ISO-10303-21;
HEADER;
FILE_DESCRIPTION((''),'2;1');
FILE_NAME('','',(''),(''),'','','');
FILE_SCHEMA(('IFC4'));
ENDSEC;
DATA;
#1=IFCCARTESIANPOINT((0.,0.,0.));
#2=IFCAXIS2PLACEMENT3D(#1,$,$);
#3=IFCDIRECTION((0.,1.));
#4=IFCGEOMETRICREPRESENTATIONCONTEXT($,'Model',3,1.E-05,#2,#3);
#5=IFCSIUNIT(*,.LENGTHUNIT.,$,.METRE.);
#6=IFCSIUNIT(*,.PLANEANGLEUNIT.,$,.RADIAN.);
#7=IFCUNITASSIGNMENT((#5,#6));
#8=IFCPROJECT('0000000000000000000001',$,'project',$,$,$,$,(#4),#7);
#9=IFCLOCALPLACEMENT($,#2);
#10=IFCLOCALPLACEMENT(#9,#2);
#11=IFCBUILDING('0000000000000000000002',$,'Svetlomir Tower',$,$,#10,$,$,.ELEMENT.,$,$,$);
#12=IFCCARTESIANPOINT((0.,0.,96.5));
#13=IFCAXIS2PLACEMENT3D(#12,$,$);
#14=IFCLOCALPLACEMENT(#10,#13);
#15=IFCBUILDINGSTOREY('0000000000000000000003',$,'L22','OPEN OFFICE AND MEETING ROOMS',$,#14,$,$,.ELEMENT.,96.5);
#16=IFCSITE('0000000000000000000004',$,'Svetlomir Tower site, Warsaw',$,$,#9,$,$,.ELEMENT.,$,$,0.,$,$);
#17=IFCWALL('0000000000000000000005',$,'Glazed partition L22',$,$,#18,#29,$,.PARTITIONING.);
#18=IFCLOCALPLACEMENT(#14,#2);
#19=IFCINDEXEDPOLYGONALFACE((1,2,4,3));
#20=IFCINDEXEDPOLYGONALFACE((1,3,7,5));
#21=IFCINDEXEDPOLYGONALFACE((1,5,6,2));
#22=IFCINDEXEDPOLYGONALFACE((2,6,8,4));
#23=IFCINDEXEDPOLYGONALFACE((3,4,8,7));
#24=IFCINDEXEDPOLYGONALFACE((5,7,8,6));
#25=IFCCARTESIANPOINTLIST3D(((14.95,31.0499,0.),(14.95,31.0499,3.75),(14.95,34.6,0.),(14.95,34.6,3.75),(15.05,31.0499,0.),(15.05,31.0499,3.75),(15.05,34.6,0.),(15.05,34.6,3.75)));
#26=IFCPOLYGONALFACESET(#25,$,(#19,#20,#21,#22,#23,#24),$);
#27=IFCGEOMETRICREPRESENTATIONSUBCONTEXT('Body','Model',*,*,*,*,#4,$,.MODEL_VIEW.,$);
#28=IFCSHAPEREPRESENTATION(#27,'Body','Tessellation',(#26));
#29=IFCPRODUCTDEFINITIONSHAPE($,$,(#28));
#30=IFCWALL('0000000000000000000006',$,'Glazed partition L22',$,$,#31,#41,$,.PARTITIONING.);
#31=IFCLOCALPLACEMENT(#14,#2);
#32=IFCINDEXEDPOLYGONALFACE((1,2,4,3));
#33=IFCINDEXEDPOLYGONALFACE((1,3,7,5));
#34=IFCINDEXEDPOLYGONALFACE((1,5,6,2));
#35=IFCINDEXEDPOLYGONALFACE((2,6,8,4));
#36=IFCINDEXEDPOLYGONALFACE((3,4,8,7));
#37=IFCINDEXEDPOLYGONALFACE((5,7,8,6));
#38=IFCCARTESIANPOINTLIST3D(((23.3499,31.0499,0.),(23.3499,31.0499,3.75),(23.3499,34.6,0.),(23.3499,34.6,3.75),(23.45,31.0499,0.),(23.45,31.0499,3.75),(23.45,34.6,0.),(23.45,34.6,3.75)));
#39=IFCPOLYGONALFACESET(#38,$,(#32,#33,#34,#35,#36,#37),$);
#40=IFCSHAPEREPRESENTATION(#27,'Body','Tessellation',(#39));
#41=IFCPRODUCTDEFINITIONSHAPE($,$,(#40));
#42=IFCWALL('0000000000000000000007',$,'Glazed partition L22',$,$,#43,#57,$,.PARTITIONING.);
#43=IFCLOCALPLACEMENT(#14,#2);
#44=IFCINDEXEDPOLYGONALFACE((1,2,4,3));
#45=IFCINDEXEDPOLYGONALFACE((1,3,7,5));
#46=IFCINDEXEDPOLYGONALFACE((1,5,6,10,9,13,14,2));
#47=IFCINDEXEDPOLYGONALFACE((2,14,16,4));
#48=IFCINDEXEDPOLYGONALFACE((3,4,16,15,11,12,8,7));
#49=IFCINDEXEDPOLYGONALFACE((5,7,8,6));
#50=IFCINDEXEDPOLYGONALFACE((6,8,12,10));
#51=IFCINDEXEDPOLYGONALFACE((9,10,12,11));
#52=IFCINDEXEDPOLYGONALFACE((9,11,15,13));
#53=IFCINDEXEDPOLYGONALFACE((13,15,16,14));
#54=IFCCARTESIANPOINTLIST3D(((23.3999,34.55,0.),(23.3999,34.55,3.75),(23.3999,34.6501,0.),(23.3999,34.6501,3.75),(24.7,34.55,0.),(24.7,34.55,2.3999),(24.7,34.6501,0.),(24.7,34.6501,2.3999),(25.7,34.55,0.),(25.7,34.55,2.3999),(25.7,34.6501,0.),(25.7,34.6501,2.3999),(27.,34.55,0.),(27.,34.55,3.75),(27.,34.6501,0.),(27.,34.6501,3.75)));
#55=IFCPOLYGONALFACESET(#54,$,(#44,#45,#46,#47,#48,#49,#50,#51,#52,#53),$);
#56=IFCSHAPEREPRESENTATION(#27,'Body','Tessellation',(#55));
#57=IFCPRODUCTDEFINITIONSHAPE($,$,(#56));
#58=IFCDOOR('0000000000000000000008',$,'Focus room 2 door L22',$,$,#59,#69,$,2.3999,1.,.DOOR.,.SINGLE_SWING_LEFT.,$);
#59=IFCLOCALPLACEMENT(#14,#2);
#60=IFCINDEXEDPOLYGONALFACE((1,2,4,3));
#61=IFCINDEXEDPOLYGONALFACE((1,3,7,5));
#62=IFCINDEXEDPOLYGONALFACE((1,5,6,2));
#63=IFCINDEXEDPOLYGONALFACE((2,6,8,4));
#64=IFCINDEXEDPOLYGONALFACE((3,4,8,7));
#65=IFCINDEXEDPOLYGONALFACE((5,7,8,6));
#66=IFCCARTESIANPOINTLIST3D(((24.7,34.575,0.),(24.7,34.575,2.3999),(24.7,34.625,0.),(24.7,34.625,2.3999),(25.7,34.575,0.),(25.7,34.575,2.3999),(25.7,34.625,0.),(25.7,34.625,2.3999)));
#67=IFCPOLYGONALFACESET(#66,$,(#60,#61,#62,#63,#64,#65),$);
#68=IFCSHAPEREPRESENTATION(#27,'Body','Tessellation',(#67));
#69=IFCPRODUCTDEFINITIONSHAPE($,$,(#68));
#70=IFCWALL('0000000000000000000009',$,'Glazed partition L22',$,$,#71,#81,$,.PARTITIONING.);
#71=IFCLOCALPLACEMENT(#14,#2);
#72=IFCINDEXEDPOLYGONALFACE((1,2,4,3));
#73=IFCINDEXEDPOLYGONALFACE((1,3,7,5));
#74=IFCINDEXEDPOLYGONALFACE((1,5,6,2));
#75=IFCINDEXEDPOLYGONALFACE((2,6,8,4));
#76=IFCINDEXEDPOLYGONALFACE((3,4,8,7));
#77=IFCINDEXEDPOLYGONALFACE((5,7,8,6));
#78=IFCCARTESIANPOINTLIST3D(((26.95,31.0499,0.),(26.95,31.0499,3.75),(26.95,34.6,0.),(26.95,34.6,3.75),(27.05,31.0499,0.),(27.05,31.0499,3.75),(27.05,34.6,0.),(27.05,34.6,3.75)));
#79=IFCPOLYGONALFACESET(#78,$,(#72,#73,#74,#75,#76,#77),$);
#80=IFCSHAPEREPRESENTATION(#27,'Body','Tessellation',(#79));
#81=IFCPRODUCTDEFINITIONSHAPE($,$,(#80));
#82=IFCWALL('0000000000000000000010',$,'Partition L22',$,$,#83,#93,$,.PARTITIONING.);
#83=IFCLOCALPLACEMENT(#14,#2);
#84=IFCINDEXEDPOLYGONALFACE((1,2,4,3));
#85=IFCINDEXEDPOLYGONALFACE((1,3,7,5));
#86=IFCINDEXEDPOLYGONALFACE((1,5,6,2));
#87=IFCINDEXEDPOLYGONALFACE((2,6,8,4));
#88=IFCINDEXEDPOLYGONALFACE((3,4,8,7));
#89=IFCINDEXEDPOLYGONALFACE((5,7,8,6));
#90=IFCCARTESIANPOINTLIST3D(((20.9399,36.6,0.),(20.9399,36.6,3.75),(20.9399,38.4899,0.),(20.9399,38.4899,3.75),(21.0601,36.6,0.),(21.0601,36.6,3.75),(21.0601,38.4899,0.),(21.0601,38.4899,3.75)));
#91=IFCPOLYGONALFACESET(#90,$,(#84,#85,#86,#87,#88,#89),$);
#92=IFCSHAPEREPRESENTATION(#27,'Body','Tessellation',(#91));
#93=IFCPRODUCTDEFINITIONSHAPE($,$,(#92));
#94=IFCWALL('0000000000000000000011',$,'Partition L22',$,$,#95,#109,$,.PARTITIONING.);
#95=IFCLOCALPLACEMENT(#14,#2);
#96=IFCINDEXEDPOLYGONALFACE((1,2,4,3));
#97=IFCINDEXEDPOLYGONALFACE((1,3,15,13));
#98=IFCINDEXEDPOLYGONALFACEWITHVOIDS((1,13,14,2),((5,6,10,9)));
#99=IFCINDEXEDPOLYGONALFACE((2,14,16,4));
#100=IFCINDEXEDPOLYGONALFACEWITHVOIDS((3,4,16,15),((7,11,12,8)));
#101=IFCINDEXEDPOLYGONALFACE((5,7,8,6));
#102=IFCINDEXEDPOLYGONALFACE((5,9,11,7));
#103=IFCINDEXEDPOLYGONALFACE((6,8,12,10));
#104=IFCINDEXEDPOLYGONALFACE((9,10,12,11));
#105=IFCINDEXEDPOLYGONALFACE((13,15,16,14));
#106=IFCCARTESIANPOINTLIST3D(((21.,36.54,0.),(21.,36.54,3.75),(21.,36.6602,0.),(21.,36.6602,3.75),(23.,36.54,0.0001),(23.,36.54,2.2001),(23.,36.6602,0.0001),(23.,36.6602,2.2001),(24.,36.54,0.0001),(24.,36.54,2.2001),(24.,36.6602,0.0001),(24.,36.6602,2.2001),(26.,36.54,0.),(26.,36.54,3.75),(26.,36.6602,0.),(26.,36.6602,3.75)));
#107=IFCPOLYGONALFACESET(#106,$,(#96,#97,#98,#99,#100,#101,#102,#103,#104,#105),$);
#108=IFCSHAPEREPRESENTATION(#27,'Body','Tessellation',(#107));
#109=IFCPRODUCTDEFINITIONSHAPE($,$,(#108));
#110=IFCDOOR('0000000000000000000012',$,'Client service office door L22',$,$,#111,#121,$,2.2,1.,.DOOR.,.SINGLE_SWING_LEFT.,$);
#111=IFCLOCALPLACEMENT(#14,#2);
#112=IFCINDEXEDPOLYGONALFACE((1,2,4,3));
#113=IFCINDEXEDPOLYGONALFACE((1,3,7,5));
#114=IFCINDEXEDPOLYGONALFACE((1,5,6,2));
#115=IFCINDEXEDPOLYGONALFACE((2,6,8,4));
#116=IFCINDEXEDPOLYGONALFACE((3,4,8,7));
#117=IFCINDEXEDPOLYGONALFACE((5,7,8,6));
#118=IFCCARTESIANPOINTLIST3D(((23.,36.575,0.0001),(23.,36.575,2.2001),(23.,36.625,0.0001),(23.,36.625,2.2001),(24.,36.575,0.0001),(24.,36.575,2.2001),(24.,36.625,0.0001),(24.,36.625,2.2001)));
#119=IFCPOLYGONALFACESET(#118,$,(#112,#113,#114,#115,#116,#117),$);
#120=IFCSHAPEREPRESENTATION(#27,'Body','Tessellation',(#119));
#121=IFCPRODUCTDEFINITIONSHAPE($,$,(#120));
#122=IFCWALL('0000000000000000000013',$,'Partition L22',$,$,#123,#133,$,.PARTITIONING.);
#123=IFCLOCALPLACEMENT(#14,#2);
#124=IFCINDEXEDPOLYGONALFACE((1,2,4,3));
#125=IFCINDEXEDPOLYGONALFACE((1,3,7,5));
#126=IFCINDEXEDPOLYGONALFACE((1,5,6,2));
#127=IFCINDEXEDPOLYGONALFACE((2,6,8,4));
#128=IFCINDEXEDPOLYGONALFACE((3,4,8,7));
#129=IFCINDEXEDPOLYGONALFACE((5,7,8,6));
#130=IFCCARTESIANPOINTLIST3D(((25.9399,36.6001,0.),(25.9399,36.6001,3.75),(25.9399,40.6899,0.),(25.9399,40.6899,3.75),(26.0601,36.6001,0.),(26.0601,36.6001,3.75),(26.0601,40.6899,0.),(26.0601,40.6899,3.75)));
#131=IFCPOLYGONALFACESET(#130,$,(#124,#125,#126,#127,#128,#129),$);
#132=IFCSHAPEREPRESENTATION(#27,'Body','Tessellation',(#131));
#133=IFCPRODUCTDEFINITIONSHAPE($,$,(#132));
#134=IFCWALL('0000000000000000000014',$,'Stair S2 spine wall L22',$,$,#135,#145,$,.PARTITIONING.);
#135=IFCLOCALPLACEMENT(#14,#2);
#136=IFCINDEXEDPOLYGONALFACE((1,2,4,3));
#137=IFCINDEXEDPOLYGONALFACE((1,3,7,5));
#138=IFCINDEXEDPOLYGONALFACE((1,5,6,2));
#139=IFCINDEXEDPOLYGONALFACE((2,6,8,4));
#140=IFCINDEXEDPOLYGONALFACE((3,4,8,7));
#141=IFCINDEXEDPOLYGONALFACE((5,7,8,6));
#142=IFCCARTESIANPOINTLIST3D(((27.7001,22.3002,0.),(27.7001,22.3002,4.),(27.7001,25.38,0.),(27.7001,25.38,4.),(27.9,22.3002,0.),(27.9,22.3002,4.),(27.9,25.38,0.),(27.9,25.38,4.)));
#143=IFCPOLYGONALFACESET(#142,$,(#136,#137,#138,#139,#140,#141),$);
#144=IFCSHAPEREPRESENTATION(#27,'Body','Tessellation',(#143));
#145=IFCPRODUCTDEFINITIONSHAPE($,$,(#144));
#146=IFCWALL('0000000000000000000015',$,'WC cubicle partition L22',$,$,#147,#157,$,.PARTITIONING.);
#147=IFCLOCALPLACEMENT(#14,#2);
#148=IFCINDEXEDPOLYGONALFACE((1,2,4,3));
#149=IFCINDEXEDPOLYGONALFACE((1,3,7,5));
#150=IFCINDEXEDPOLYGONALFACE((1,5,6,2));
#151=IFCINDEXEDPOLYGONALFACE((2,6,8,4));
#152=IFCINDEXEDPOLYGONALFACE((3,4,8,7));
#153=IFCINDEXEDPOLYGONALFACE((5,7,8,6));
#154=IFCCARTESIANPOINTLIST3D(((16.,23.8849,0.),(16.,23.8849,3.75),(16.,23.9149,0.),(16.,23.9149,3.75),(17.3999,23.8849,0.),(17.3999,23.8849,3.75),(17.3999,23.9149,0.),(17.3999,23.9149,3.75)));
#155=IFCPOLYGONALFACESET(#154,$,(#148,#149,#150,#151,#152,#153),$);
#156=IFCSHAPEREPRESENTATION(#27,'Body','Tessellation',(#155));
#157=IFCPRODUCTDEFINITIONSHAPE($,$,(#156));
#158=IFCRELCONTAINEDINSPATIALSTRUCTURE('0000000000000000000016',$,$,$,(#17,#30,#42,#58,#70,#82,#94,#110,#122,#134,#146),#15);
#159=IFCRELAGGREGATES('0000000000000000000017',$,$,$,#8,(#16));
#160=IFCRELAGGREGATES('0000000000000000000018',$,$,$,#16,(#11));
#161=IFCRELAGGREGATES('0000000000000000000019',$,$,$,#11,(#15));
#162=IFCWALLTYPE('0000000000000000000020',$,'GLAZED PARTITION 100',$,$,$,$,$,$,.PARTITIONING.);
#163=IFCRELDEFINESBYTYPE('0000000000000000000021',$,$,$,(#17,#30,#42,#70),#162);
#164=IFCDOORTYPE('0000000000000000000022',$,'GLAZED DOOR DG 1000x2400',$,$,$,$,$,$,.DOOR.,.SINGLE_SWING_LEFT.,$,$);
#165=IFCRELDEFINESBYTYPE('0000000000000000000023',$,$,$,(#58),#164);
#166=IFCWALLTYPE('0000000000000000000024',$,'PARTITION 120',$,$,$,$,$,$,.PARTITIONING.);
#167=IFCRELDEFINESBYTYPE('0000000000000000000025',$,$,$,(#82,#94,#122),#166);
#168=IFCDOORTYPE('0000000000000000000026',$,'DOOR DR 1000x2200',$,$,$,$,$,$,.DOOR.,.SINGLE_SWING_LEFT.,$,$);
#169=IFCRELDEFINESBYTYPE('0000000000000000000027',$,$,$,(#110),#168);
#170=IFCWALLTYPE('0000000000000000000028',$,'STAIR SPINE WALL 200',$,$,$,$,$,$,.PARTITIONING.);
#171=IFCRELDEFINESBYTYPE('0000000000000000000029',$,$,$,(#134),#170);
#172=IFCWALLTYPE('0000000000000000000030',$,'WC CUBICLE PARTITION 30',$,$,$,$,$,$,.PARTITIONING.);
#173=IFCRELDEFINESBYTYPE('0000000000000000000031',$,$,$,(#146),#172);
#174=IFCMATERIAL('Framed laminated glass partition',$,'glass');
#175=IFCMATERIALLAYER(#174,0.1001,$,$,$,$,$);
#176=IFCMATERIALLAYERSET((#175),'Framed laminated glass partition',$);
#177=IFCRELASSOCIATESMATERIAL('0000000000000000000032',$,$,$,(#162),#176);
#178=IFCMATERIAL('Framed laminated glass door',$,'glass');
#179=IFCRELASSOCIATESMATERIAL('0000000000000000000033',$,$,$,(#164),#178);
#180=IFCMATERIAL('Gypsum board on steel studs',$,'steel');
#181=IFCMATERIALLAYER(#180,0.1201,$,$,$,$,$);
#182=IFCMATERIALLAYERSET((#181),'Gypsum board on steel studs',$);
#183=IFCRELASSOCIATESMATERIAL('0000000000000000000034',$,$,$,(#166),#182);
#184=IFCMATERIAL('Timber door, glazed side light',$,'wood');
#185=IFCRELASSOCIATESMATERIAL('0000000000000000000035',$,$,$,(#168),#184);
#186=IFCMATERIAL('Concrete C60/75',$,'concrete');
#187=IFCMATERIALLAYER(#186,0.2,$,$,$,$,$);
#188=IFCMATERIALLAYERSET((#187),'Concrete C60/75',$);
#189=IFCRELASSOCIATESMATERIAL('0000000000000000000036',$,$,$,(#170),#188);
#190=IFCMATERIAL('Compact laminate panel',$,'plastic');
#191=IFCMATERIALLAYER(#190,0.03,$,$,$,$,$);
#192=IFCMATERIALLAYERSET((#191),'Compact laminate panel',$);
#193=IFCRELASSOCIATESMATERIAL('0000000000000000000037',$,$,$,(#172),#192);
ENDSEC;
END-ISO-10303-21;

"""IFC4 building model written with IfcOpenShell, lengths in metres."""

from ifc_helpers import new_model, si_unit, direction, frame, frame_2d, origin, place, context, subcontext, project, spatial, rectangle, extrude, material, layer, layer_set, type_object, element, fill, save


model = new_model("IFC4")

# Units and contexts
model_context = context("Model", 3, precision=1e-05, world=origin(), true_north=direction((0.0, 1.0)))
body_context = subcontext(model_context, "Body", "Model", "MODEL_VIEW")
ifc_project = project(units=[si_unit("LENGTHUNIT", "METRE"), si_unit("PLANEANGLEUNIT", "RADIAN")], contexts=[model_context])

# Site, building, storey
site_placement = place(None, origin())
site = spatial("IfcSite", under=ifc_project, at=site_placement, Name="Svetlomir Tower site, Warsaw", CompositionType="ELEMENT", RefElevation=0.0)
building_placement = place(site_placement, origin())
building = spatial("IfcBuilding", under=site, at=building_placement, Name="Svetlomir Tower", CompositionType="ELEMENT")
storey_placement = place(building_placement, frame((0.0, 0.0, 96.5)))
storey = spatial("IfcBuildingStorey", under=building, at=storey_placement, Name="L22", Description="OPEN OFFICE AND MEETING ROOMS", CompositionType="ELEMENT", Elevation=96.5)

# Walls
ifc_material_1 = material(Name="Framed laminated glass partition", Category="glass")
ifc_layer_1 = layer(ifc_material_1, 0.1001)
ifc_layer_set_1 = layer_set([ifc_layer_1], Name="Framed laminated glass partition")
wall_type_1 = type_object("IfcWallType", Name="GLAZED PARTITION 100", PredefinedType="PARTITIONING", material=ifc_layer_set_1)
for number, where, z_axis, x_axis, name in (
    (1, (15.0, 31.05, 0.0), (0.0, 0.0, 1.0), (0.0, 1.0, 0.0), "Glazed partition L22"),
    (2, (23.3999, 31.05, 0.0), (0.0, 0.0, 1.0), (0.0, 1.0, 0.0), "Glazed partition L22"),
):
    element("IfcWall", number, at=place(storey_placement, frame(where, z_axis=z_axis, x_axis=x_axis)), inside=storey, type_object=wall_type_1, Name=name, PredefinedType="PARTITIONING", context=body_context, shape_type="SweptSolid", body=[
        extrude(rectangle(XDim=3.55, YDim=0.1001, at=frame_2d((1.7749, 0.0))), origin(), (0.0, 0.0, 1.0), 3.75),
    ])

# Wall, opening, door
wall_1_placement = place(storey_placement, frame((23.3999, 34.6001, 0.0), z_axis=(0.0, 0.0, 1.0), x_axis=(1.0, 0.0, 0.0)))
wall_1 = element("IfcWall", 3, at=wall_1_placement, inside=storey, type_object=wall_type_1, Name="Glazed partition L22", PredefinedType="PARTITIONING", context=body_context, shape_type="SweptSolid", body=[
    extrude(rectangle(XDim=3.6001, YDim=0.1001, at=frame_2d((1.8, 0.0))), origin(), (0.0, 0.0, 1.0), 3.75),
])
opening_1_placement = place(wall_1_placement, frame((1.3, 0.0, 0.0)))
opening_1 = element("IfcOpeningElement", 4, at=opening_1_placement, cuts=wall_1, PredefinedType="OPENING", context=body_context, shape_type="SweptSolid", body=[
    extrude(rectangle(XDim=1.0, YDim=2.3999, at=frame_2d((0.5, 1.2))), frame((0.0, 0.0601, 0.0), z_axis=(0.0, -1.0, 0.0), x_axis=(1.0, 0.0, 0.0)), (0.0, 0.0, 1.0), 0.1201),
])
ifc_material_2 = material(Name="Framed laminated glass door", Category="glass")
door_type_1 = type_object("IfcDoorType", Name="GLAZED DOOR DG 1000x2400", OperationType="SINGLE_SWING_LEFT", PredefinedType="DOOR", material=ifc_material_2)
door_1_placement = place(opening_1_placement, origin())
door_1 = element("IfcDoor", 5, at=door_1_placement, inside=storey, type_object=door_type_1, Name="Focus room 2 door L22", OperationType="SINGLE_SWING_LEFT", OverallHeight=2.3999, OverallWidth=1.0, PredefinedType="DOOR", context=body_context, shape_type="SweptSolid", body=[
    extrude(rectangle(XDim=1.0, YDim=2.3999, at=frame_2d((0.5, 1.2))), frame((0.0, 0.0249, 0.0), z_axis=(0.0, -1.0, 0.0), x_axis=(1.0, 0.0, 0.0)), (0.0, 0.0, 1.0), 0.05),
])
fill(opening_1, door_1)

# Walls
wall_2_placement = place(storey_placement, frame((27.0, 31.05, 0.0), z_axis=(0.0, 0.0, 1.0), x_axis=(0.0, 1.0, 0.0)))
element("IfcWall", 6, at=wall_2_placement, inside=storey, type_object=wall_type_1, Name="Glazed partition L22", PredefinedType="PARTITIONING", context=body_context, shape_type="SweptSolid", body=[
    extrude(rectangle(XDim=3.55, YDim=0.1001, at=frame_2d((1.7749, 0.0))), origin(), (0.0, 0.0, 1.0), 3.75),
])
ifc_material_3 = material(Name="Gypsum board on steel studs", Category="steel")
ifc_layer_2 = layer(ifc_material_3, 0.1201)
ifc_layer_set_2 = layer_set([ifc_layer_2], Name="Gypsum board on steel studs")
wall_type_2 = type_object("IfcWallType", Name="PARTITION 120", PredefinedType="PARTITIONING", material=ifc_layer_set_2)
wall_3_placement = place(storey_placement, frame((21.0, 36.6001, 0.0), z_axis=(0.0, 0.0, 1.0), x_axis=(0.0, 1.0, 0.0)))
element("IfcWall", 7, at=wall_3_placement, inside=storey, type_object=wall_type_2, Name="Partition L22", PredefinedType="PARTITIONING", context=body_context, shape_type="SweptSolid", body=[
    extrude(rectangle(XDim=1.8899, YDim=0.1201, at=frame_2d((0.9448, 0.0))), origin(), (0.0, 0.0, 1.0), 3.75),
])

# Wall, opening, door
wall_4_placement = place(storey_placement, frame((21.0, 36.6001, 0.0), z_axis=(0.0, 0.0, 1.0), x_axis=(1.0, 0.0, 0.0)))
wall_4 = element("IfcWall", 8, at=wall_4_placement, inside=storey, type_object=wall_type_2, Name="Partition L22", PredefinedType="PARTITIONING", context=body_context, shape_type="SweptSolid", body=[
    extrude(rectangle(XDim=5.0, YDim=0.1201, at=frame_2d((2.5, 0.0))), origin(), (0.0, 0.0, 1.0), 3.75),
])
opening_2_placement = place(wall_4_placement, frame((2.0, 0.0, 0.0)))
opening_2 = element("IfcOpeningElement", 9, at=opening_2_placement, cuts=wall_4, PredefinedType="OPENING", context=body_context, shape_type="SweptSolid", body=[
    extrude(rectangle(XDim=1.0, YDim=2.2, at=frame_2d((0.5, 1.1001))), frame((0.0, 0.0701, 0.0), z_axis=(0.0, -1.0, 0.0), x_axis=(1.0, 0.0, 0.0)), (0.0, 0.0, 1.0), 0.1401),
])
ifc_material_4 = material(Name="Timber door, glazed side light", Category="wood")
door_type_2 = type_object("IfcDoorType", Name="DOOR DR 1000x2200", OperationType="SINGLE_SWING_LEFT", PredefinedType="DOOR", material=ifc_material_4)
door_2_placement = place(opening_2_placement, origin())
door_2 = element("IfcDoor", 10, at=door_2_placement, inside=storey, type_object=door_type_2, Name="Client service office door L22", OperationType="SINGLE_SWING_LEFT", OverallHeight=2.2, OverallWidth=1.0, PredefinedType="DOOR", context=body_context, shape_type="SweptSolid", body=[
    extrude(rectangle(XDim=1.0, YDim=2.2, at=frame_2d((0.5, 1.1001))), frame((0.0, 0.0249, 0.0), z_axis=(0.0, -1.0, 0.0), x_axis=(1.0, 0.0, 0.0)), (0.0, 0.0, 1.0), 0.05),
])
fill(opening_2, door_2)

# Walls
wall_5_placement = place(storey_placement, frame((26.0, 36.6001, 0.0), z_axis=(0.0, 0.0, 1.0), x_axis=(0.0, 1.0, 0.0)))
element("IfcWall", 11, at=wall_5_placement, inside=storey, type_object=wall_type_2, Name="Partition L22", PredefinedType="PARTITIONING", context=body_context, shape_type="SweptSolid", body=[
    extrude(rectangle(XDim=4.0898, YDim=0.1201, at=frame_2d((2.0449, 0.0))), origin(), (0.0, 0.0, 1.0), 3.75),
])
ifc_material_5 = material(Name="Concrete C60/75", Category="concrete")
ifc_layer_3 = layer(ifc_material_5, 0.2)
ifc_layer_set_3 = layer_set([ifc_layer_3], Name="Concrete C60/75")
wall_type_3 = type_object("IfcWallType", Name="STAIR SPINE WALL 200", PredefinedType="PARTITIONING", material=ifc_layer_set_3)
wall_6_placement = place(storey_placement, frame((27.8, 22.3, 0.0), z_axis=(0.0, 0.0, 1.0), x_axis=(0.0, 1.0, 0.0)))
element("IfcWall", 12, at=wall_6_placement, inside=storey, type_object=wall_type_3, Name="Stair S2 spine wall L22", PredefinedType="PARTITIONING", context=body_context, shape_type="SweptSolid", body=[
    extrude(rectangle(XDim=3.0798, YDim=0.2, at=frame_2d((1.54, 0.0))), origin(), (0.0, 0.0, 1.0), 4.0),
])
ifc_material_6 = material(Name="Compact laminate panel", Category="plastic")
ifc_layer_4 = layer(ifc_material_6, 0.03)
ifc_layer_set_4 = layer_set([ifc_layer_4], Name="Compact laminate panel")
wall_type_4 = type_object("IfcWallType", Name="WC CUBICLE PARTITION 30", PredefinedType="PARTITIONING", material=ifc_layer_set_4)
wall_7_placement = place(storey_placement, frame((16.0, 23.8999, 0.0), z_axis=(0.0, 0.0, 1.0), x_axis=(1.0, 0.0, 0.0)))
element("IfcWall", 13, at=wall_7_placement, inside=storey, type_object=wall_type_4, Name="WC cubicle partition L22", PredefinedType="PARTITIONING", context=body_context, shape_type="SweptSolid", body=[
    extrude(rectangle(XDim=1.3999, YDim=0.03, at=frame_2d((0.7, 0.0))), origin(), (0.0, 0.0, 1.0), 3.75),
])

save(model, "model.ifc")
